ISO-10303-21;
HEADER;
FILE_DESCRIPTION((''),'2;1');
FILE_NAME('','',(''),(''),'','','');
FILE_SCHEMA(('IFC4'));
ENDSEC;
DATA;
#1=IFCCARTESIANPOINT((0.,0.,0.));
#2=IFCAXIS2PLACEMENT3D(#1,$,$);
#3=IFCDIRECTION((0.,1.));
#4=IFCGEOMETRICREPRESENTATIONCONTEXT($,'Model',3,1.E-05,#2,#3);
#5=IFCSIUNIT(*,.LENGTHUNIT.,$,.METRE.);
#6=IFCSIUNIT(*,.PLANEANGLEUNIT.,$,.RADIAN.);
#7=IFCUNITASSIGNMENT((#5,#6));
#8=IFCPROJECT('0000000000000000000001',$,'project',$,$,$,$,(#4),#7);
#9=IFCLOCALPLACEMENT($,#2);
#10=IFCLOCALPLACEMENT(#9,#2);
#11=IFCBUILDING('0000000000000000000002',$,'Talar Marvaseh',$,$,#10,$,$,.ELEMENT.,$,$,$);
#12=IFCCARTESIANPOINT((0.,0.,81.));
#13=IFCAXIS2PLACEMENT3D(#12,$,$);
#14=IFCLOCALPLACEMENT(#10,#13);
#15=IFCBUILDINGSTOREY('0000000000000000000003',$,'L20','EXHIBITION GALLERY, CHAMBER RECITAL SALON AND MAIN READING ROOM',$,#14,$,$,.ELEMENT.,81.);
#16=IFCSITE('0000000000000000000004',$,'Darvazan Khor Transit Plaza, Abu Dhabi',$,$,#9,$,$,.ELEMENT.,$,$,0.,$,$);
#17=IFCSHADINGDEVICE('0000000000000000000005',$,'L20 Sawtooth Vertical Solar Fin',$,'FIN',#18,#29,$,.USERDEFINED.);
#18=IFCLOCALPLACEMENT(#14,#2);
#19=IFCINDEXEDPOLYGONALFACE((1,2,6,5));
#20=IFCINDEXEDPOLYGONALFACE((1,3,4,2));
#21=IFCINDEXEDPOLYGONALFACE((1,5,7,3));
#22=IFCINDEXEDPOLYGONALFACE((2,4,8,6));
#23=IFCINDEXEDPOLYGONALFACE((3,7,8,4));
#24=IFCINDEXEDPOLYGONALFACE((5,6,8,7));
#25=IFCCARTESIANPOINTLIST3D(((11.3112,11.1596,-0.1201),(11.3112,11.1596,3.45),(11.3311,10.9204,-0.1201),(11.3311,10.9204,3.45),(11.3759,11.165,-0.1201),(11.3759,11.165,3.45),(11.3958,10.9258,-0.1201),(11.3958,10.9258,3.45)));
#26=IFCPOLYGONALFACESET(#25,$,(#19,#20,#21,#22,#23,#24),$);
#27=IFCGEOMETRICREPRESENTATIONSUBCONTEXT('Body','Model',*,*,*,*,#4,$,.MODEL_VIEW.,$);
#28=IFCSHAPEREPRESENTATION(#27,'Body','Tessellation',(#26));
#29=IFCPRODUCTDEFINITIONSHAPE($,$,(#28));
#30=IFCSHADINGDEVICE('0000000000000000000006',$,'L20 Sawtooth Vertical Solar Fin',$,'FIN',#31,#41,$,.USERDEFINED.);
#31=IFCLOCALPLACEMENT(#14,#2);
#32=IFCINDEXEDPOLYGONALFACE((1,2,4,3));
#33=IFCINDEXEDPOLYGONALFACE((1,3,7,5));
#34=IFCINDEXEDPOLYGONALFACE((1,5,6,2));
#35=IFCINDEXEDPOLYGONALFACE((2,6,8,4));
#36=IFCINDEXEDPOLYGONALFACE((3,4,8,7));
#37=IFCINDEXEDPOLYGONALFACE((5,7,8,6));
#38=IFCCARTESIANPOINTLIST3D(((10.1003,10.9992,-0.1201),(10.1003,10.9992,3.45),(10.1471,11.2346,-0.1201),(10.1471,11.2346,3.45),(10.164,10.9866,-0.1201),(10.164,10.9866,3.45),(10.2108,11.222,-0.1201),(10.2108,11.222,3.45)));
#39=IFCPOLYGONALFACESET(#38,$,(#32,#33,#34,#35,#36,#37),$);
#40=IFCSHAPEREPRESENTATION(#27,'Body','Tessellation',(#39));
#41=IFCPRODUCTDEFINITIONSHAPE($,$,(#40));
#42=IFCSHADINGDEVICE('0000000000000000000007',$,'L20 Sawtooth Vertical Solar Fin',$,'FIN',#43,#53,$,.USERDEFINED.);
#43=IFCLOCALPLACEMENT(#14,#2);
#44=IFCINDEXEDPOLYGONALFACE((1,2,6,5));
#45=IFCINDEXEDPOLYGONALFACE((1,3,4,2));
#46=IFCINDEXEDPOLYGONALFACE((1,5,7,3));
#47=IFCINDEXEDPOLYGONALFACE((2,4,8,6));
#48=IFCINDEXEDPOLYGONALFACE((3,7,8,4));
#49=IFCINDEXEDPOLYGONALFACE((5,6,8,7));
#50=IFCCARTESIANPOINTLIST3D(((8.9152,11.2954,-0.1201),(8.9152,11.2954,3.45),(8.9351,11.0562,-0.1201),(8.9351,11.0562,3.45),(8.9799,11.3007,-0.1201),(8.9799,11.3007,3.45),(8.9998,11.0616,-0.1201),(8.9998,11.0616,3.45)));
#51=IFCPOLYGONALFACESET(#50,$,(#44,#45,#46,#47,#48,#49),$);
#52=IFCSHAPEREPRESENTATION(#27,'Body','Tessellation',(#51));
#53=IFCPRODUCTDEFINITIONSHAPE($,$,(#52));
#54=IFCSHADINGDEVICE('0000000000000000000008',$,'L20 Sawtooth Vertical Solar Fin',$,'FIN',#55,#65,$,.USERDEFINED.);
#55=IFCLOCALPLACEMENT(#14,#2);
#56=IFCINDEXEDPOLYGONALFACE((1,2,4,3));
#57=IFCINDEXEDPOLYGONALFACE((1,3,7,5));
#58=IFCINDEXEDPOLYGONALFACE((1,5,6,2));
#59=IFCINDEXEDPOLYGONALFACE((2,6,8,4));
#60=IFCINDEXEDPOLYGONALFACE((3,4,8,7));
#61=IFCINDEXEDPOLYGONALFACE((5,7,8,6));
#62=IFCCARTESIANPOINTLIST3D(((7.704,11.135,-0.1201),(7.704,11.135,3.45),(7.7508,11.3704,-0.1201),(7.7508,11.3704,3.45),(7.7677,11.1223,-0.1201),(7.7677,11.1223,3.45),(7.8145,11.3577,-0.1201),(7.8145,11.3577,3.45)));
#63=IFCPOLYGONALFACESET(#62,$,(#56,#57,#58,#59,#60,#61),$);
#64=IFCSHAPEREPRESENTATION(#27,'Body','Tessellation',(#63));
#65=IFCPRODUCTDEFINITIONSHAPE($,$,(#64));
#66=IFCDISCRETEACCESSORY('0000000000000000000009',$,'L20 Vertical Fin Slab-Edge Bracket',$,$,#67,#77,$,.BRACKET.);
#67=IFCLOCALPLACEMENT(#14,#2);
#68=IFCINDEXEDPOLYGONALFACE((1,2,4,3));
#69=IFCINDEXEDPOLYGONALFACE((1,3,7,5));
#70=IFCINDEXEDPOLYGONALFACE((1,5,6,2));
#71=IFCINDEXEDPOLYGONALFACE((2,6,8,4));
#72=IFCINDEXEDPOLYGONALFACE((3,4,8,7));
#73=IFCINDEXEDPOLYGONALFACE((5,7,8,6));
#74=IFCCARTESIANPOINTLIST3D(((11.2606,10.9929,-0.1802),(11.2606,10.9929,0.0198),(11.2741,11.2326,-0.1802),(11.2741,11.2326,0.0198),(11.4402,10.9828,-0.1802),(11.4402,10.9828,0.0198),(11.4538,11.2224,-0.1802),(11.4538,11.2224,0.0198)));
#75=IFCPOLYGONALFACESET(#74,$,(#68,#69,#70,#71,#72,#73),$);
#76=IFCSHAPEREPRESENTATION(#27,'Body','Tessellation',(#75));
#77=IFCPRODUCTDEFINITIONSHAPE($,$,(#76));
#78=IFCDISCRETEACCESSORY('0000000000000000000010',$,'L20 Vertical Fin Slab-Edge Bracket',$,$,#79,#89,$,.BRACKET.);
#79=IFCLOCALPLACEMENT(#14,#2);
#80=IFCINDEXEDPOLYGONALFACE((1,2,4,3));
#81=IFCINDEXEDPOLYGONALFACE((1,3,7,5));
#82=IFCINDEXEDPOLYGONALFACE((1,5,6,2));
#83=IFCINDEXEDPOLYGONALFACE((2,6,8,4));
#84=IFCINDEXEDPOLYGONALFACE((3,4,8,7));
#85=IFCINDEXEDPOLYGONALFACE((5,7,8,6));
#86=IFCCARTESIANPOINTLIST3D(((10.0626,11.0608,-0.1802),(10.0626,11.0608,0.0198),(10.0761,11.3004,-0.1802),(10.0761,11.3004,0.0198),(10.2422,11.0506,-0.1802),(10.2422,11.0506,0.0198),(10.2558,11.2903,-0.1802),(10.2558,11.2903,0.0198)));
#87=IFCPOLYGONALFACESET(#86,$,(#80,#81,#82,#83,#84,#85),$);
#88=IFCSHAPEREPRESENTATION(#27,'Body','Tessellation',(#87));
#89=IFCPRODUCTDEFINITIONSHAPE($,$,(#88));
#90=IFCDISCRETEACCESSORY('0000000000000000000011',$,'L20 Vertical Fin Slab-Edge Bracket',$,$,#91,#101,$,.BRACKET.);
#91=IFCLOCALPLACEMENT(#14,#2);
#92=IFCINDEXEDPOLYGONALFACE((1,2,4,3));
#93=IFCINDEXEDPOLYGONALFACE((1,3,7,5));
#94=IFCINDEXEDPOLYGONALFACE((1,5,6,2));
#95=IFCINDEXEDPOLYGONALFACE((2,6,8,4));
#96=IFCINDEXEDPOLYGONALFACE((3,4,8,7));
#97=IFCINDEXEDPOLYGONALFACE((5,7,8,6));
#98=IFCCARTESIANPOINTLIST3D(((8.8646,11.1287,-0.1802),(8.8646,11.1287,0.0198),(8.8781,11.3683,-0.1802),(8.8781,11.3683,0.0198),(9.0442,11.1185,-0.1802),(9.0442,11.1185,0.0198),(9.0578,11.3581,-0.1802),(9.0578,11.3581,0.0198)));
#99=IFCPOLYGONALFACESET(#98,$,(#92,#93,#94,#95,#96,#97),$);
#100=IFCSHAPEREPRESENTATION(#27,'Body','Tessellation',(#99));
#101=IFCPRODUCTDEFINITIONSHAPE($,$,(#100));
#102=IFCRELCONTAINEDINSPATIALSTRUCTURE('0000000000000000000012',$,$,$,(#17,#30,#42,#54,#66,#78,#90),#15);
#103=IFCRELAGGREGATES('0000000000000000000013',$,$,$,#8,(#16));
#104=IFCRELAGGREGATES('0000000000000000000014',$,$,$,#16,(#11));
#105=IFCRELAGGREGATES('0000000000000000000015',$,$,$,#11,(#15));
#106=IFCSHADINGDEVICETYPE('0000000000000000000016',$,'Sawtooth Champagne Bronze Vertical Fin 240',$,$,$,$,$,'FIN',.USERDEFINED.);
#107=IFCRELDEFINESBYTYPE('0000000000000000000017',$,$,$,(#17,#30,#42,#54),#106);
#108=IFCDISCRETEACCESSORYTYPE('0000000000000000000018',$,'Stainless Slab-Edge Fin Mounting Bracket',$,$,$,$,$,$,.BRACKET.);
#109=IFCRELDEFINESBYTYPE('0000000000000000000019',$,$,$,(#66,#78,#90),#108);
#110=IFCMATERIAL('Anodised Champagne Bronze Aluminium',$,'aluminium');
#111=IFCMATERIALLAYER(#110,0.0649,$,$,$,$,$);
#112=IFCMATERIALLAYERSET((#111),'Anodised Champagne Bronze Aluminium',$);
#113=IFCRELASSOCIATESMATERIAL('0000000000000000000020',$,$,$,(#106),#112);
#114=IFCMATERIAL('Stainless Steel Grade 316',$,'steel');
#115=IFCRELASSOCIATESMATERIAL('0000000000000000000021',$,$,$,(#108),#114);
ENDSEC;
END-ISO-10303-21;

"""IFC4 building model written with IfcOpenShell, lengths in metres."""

from ifc_helpers import new_model, si_unit, direction, frame, origin, origin_2d, place, context, subcontext, project, spatial, rectangle, extrude, source, transform, mapped, material, layer, layer_set, type_object, type_shapes, element, save


model = new_model("IFC4")

# Units and contexts
model_context = context("Model", 3, precision=1e-05, world=origin(), true_north=direction((0.0, 1.0)))
body_context = subcontext(model_context, "Body", "Model", "MODEL_VIEW")
ifc_project = project(units=[si_unit("LENGTHUNIT", "METRE"), si_unit("PLANEANGLEUNIT", "RADIAN")], contexts=[model_context])

# Site, building, storey
site_placement = place(None, origin())
site = spatial("IfcSite", under=ifc_project, at=site_placement, Name="Darvazan Khor Transit Plaza, Abu Dhabi", CompositionType="ELEMENT", RefElevation=0.0)
building_placement = place(site_placement, origin())
building = spatial("IfcBuilding", under=site, at=building_placement, Name="Talar Marvaseh", CompositionType="ELEMENT")
storey_placement = place(building_placement, frame((0.0, 0.0, 81.0)))
storey = spatial("IfcBuildingStorey", under=building, at=storey_placement, Name="L20", Description="EXHIBITION GALLERY, CHAMBER RECITAL SALON AND MAIN READING ROOM", CompositionType="ELEMENT", Elevation=81.0)

# Shading devices
ifc_material_1 = material(Name="Anodised Champagne Bronze Aluminium", Category="aluminium")
ifc_layer_1 = layer(ifc_material_1, 0.0649)
ifc_layer_set_1 = layer_set([ifc_layer_1], Name="Anodised Champagne Bronze Aluminium")
shading_device_type = type_object("IfcShadingDeviceType", Name="Sawtooth Champagne Bronze Vertical Fin 240", ElementType="FIN", PredefinedType="USERDEFINED", material=ifc_layer_set_1)
shared_shape_1 = source(origin(), body_context, "Body", "SweptSolid", [
    extrude(rectangle(XDim=0.24, YDim=0.0649, at=origin_2d()), origin(), (0.0, 0.0, 1.0), 3.5701),
])
type_shapes(shading_device_type, [shared_shape_1])
for number, where, z_axis, x_axis, name in (
    (1, (11.3535, 11.0427, -0.1201), (0.0, 0.0, 1.0), (0.082982, -0.996551, 0.0), "L20 Sawtooth Vertical Solar Fin"),
    (2, (10.1555, 11.1106, -0.1201), (0.0, 0.0, 1.0), (-0.194919, -0.980819, 0.0), "L20 Sawtooth Vertical Solar Fin"),
    (3, (8.9575, 11.1785, -0.1201), (0.0, 0.0, 1.0), (0.082982, -0.996551, 0.0), "L20 Sawtooth Vertical Solar Fin"),
    (4, (7.7593, 11.2463, -0.1201), (0.0, 0.0, 1.0), (-0.194919, -0.980819, 0.0), "L20 Sawtooth Vertical Solar Fin"),
):
    element("IfcShadingDevice", number, at=place(storey_placement, frame(where, z_axis=z_axis, x_axis=x_axis)), inside=storey, type_object=shading_device_type, Name=name, ObjectType="FIN", PredefinedType="USERDEFINED", context=body_context, shape_type="MappedRepresentation", body=[
        mapped(shared_shape_1, transform((0.0, 0.0, 0.0), x_axis=(1.0, 0.0, 0.0), y_axis=(0.0, 1.0, 0.0), z_axis=(0.0, 0.0, 1.0), scale=1.0)),
    ])

# Discrete accessories
ifc_material_2 = material(Name="Stainless Steel Grade 316", Category="steel")
discrete_accessory_type = type_object("IfcDiscreteAccessoryType", Name="Stainless Slab-Edge Fin Mounting Bracket", PredefinedType="BRACKET", material=ifc_material_2)
shared_shape_2 = source(origin(), body_context, "Body", "SweptSolid", [
    extrude(rectangle(XDim=0.24, YDim=0.1799, at=origin_2d()), origin(), (0.0, 0.0, 1.0), 0.2),
])
type_shapes(discrete_accessory_type, [shared_shape_2])
for number, where, z_axis, x_axis, name in (
    (5, (11.3572, 11.1077, -0.1802), (0.0, 0.0, 1.0), (-0.056519, -0.998402, 0.0), "L20 Vertical Fin Slab-Edge Bracket"),
    (6, (10.1592, 11.1755, -0.1802), (0.0, 0.0, 1.0), (-0.056519, -0.998402, 0.0), "L20 Vertical Fin Slab-Edge Bracket"),
    (7, (8.9612, 11.2434, -0.1802), (0.0, 0.0, 1.0), (-0.056519, -0.998402, 0.0), "L20 Vertical Fin Slab-Edge Bracket"),
):
    element("IfcDiscreteAccessory", number, at=place(storey_placement, frame(where, z_axis=z_axis, x_axis=x_axis)), inside=storey, type_object=discrete_accessory_type, Name=name, PredefinedType="BRACKET", context=body_context, shape_type="MappedRepresentation", body=[
        mapped(shared_shape_2, transform((0.0, 0.0, 0.0), x_axis=(1.0, 0.0, 0.0), y_axis=(0.0, 1.0, 0.0), z_axis=(0.0, 0.0, 1.0), scale=1.0)),
    ])

save(model, "model.ifc")
